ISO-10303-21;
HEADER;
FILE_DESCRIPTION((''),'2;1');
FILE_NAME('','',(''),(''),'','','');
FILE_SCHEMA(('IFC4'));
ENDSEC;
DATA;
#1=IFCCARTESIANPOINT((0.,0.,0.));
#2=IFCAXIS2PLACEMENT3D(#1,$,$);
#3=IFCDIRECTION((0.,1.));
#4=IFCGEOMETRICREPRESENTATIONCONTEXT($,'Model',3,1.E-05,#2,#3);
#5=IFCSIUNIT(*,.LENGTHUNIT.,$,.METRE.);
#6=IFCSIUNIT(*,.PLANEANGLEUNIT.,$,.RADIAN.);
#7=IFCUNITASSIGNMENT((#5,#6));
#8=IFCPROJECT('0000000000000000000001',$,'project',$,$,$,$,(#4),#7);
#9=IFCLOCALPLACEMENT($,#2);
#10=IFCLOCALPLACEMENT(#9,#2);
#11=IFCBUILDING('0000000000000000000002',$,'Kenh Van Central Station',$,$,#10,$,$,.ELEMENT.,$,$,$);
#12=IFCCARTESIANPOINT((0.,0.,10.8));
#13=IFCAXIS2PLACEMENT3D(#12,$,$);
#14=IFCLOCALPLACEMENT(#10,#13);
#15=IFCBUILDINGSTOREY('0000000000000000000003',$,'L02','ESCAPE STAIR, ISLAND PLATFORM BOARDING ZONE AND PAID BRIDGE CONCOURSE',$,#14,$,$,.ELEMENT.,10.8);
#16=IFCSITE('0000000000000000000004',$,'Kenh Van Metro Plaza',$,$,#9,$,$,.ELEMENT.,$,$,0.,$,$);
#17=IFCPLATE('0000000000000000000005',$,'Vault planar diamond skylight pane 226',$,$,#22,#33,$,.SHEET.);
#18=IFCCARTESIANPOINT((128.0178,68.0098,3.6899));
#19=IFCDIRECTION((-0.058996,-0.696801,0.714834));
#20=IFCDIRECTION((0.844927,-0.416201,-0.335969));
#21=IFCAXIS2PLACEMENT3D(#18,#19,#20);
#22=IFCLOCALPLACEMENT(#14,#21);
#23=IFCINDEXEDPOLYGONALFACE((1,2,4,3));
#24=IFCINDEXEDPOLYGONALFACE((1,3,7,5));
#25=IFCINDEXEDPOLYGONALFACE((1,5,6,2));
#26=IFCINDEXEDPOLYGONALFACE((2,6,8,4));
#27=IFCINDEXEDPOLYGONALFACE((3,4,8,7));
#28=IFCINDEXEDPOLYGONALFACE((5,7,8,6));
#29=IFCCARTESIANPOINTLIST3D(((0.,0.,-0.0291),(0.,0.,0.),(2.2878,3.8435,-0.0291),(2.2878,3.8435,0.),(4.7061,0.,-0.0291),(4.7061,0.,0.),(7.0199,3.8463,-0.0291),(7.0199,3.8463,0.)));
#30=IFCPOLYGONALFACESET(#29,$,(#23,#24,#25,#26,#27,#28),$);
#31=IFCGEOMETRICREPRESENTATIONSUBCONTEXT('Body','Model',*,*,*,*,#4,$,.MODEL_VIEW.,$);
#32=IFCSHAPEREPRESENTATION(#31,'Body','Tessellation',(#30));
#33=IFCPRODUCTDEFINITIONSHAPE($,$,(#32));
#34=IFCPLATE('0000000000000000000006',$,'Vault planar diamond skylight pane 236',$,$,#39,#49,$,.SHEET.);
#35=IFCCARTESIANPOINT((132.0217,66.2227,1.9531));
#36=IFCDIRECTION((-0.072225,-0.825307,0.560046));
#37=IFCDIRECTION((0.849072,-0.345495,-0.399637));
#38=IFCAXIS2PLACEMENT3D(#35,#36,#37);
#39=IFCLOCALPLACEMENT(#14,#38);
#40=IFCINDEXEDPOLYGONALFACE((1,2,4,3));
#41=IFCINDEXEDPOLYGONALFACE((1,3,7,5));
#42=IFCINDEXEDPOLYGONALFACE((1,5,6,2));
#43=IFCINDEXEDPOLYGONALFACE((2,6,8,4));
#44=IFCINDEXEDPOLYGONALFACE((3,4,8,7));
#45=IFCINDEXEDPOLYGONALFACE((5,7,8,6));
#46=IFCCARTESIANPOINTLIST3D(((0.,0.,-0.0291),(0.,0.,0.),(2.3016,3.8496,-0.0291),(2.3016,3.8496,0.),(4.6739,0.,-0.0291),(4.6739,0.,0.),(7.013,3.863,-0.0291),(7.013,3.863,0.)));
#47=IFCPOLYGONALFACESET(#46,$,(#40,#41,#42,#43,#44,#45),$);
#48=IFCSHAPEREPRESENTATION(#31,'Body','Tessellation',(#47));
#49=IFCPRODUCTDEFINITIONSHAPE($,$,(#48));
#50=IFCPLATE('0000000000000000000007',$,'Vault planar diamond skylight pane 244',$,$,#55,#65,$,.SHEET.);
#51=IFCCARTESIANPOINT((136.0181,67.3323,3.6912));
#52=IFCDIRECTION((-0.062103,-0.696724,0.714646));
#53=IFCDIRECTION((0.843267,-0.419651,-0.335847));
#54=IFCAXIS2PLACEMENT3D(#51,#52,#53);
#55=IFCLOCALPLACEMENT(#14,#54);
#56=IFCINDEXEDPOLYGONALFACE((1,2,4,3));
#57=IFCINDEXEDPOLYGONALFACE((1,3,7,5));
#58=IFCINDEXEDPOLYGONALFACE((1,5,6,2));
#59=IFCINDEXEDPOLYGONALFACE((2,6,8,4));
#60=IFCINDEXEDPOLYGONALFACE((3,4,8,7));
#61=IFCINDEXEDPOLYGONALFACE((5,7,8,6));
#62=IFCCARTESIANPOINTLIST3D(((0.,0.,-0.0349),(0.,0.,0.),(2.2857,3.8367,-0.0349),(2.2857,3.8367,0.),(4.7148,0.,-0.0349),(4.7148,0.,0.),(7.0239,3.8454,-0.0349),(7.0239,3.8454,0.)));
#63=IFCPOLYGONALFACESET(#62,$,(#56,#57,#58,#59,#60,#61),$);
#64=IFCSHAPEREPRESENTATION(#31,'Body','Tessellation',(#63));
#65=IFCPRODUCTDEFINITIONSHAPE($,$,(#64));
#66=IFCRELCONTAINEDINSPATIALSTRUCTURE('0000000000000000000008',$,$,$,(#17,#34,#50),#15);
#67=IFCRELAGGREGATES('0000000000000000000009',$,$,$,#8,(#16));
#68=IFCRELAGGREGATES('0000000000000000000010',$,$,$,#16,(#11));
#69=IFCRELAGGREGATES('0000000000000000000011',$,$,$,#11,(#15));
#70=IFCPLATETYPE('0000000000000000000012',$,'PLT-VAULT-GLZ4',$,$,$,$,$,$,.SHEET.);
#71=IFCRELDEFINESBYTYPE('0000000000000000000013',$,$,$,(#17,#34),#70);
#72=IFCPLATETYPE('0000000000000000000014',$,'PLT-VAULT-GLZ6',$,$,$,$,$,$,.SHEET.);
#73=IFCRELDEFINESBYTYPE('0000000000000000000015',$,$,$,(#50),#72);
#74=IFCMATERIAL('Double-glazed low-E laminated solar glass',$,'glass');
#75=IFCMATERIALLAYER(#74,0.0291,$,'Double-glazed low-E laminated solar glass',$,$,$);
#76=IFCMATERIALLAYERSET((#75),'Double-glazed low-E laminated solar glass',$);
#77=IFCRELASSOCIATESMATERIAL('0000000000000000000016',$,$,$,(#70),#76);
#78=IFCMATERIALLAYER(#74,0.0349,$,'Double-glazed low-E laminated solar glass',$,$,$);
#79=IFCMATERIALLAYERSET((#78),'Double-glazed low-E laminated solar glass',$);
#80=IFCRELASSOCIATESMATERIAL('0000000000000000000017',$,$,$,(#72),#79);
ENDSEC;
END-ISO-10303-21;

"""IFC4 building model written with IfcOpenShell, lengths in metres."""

from ifc_helpers import new_model, si_unit, direction, frame, origin, place, context, subcontext, project, spatial, polyline, outline, extrude, material, layer, layer_set, type_object, element, save


model = new_model("IFC4")

# Units and contexts
model_context = context("Model", 3, precision=1e-05, world=origin(), true_north=direction((0.0, 1.0)))
body_context = subcontext(model_context, "Body", "Model", "MODEL_VIEW")
ifc_project = project(units=[si_unit("LENGTHUNIT", "METRE"), si_unit("PLANEANGLEUNIT", "RADIAN")], contexts=[model_context])

# Site, building, storey
site_placement = place(None, origin())
site = spatial("IfcSite", under=ifc_project, at=site_placement, Name="Kenh Van Metro Plaza", CompositionType="ELEMENT", RefElevation=0.0)
building_placement = place(site_placement, origin())
building = spatial("IfcBuilding", under=site, at=building_placement, Name="Kenh Van Central Station", CompositionType="ELEMENT")
storey_placement = place(building_placement, frame((0.0, 0.0, 10.8)))
storey = spatial("IfcBuildingStorey", under=building, at=storey_placement, Name="L02", Description="ESCAPE STAIR, ISLAND PLATFORM BOARDING ZONE AND PAID BRIDGE CONCOURSE", CompositionType="ELEMENT", Elevation=10.8)

# Plates
ifc_material_1 = material(Name="Double-glazed low-E laminated solar glass", Category="glass")
ifc_layer_1 = layer(ifc_material_1, 0.0291, Name="Double-glazed low-E laminated solar glass")
ifc_layer_set_1 = layer_set([ifc_layer_1], Name="Double-glazed low-E laminated solar glass")
plate_type_1 = type_object("IfcPlateType", Name="PLT-VAULT-GLZ4", PredefinedType="SHEET", material=ifc_layer_set_1)
plate_1_placement = place(storey_placement, frame((128.0178, 68.0098, 3.6899), z_axis=(-0.058996, -0.696801, 0.714834), x_axis=(0.844927, -0.416201, -0.335969)))
element("IfcPlate", 1, at=plate_1_placement, inside=storey, type_object=plate_type_1, Name="Vault planar diamond skylight pane 226", PredefinedType="SHEET", context=body_context, shape_type="SweptSolid", body=[
    extrude(outline(polyline([(0.0, 0.0), (4.7061, 0.0), (7.0199, 3.8463), (2.2878, 3.8435), (0.0, 0.0)])), origin(), (0.0, 0.0, -1.0), 0.0291),
])
plate_2_placement = place(storey_placement, frame((132.0217, 66.2227, 1.9531), z_axis=(-0.072225, -0.825307, 0.560046), x_axis=(0.849072, -0.345495, -0.399637)))
element("IfcPlate", 2, at=plate_2_placement, inside=storey, type_object=plate_type_1, Name="Vault planar diamond skylight pane 236", PredefinedType="SHEET", context=body_context, shape_type="SweptSolid", body=[
    extrude(outline(polyline([(0.0, 0.0), (4.6739, 0.0), (7.013, 3.863), (2.3016, 3.8496), (0.0, 0.0)])), origin(), (0.0, 0.0, -1.0), 0.0291),
])
ifc_layer_2 = layer(ifc_material_1, 0.0349, Name="Double-glazed low-E laminated solar glass")
ifc_layer_set_2 = layer_set([ifc_layer_2], Name="Double-glazed low-E laminated solar glass")
plate_type_2 = type_object("IfcPlateType", Name="PLT-VAULT-GLZ6", PredefinedType="SHEET", material=ifc_layer_set_2)
plate_3_placement = place(storey_placement, frame((136.0181, 67.3323, 3.6912), z_axis=(-0.062103, -0.696724, 0.714646), x_axis=(0.843267, -0.419651, -0.335847)))
element("IfcPlate", 3, at=plate_3_placement, inside=storey, type_object=plate_type_2, Name="Vault planar diamond skylight pane 244", PredefinedType="SHEET", context=body_context, shape_type="SweptSolid", body=[
    extrude(outline(polyline([(0.0, 0.0), (4.7148, 0.0), (7.0239, 3.8454), (2.2857, 3.8367), (0.0, 0.0)])), origin(), (0.0, 0.0, -1.0), 0.0349),
])

save(model, "model.ifc")
